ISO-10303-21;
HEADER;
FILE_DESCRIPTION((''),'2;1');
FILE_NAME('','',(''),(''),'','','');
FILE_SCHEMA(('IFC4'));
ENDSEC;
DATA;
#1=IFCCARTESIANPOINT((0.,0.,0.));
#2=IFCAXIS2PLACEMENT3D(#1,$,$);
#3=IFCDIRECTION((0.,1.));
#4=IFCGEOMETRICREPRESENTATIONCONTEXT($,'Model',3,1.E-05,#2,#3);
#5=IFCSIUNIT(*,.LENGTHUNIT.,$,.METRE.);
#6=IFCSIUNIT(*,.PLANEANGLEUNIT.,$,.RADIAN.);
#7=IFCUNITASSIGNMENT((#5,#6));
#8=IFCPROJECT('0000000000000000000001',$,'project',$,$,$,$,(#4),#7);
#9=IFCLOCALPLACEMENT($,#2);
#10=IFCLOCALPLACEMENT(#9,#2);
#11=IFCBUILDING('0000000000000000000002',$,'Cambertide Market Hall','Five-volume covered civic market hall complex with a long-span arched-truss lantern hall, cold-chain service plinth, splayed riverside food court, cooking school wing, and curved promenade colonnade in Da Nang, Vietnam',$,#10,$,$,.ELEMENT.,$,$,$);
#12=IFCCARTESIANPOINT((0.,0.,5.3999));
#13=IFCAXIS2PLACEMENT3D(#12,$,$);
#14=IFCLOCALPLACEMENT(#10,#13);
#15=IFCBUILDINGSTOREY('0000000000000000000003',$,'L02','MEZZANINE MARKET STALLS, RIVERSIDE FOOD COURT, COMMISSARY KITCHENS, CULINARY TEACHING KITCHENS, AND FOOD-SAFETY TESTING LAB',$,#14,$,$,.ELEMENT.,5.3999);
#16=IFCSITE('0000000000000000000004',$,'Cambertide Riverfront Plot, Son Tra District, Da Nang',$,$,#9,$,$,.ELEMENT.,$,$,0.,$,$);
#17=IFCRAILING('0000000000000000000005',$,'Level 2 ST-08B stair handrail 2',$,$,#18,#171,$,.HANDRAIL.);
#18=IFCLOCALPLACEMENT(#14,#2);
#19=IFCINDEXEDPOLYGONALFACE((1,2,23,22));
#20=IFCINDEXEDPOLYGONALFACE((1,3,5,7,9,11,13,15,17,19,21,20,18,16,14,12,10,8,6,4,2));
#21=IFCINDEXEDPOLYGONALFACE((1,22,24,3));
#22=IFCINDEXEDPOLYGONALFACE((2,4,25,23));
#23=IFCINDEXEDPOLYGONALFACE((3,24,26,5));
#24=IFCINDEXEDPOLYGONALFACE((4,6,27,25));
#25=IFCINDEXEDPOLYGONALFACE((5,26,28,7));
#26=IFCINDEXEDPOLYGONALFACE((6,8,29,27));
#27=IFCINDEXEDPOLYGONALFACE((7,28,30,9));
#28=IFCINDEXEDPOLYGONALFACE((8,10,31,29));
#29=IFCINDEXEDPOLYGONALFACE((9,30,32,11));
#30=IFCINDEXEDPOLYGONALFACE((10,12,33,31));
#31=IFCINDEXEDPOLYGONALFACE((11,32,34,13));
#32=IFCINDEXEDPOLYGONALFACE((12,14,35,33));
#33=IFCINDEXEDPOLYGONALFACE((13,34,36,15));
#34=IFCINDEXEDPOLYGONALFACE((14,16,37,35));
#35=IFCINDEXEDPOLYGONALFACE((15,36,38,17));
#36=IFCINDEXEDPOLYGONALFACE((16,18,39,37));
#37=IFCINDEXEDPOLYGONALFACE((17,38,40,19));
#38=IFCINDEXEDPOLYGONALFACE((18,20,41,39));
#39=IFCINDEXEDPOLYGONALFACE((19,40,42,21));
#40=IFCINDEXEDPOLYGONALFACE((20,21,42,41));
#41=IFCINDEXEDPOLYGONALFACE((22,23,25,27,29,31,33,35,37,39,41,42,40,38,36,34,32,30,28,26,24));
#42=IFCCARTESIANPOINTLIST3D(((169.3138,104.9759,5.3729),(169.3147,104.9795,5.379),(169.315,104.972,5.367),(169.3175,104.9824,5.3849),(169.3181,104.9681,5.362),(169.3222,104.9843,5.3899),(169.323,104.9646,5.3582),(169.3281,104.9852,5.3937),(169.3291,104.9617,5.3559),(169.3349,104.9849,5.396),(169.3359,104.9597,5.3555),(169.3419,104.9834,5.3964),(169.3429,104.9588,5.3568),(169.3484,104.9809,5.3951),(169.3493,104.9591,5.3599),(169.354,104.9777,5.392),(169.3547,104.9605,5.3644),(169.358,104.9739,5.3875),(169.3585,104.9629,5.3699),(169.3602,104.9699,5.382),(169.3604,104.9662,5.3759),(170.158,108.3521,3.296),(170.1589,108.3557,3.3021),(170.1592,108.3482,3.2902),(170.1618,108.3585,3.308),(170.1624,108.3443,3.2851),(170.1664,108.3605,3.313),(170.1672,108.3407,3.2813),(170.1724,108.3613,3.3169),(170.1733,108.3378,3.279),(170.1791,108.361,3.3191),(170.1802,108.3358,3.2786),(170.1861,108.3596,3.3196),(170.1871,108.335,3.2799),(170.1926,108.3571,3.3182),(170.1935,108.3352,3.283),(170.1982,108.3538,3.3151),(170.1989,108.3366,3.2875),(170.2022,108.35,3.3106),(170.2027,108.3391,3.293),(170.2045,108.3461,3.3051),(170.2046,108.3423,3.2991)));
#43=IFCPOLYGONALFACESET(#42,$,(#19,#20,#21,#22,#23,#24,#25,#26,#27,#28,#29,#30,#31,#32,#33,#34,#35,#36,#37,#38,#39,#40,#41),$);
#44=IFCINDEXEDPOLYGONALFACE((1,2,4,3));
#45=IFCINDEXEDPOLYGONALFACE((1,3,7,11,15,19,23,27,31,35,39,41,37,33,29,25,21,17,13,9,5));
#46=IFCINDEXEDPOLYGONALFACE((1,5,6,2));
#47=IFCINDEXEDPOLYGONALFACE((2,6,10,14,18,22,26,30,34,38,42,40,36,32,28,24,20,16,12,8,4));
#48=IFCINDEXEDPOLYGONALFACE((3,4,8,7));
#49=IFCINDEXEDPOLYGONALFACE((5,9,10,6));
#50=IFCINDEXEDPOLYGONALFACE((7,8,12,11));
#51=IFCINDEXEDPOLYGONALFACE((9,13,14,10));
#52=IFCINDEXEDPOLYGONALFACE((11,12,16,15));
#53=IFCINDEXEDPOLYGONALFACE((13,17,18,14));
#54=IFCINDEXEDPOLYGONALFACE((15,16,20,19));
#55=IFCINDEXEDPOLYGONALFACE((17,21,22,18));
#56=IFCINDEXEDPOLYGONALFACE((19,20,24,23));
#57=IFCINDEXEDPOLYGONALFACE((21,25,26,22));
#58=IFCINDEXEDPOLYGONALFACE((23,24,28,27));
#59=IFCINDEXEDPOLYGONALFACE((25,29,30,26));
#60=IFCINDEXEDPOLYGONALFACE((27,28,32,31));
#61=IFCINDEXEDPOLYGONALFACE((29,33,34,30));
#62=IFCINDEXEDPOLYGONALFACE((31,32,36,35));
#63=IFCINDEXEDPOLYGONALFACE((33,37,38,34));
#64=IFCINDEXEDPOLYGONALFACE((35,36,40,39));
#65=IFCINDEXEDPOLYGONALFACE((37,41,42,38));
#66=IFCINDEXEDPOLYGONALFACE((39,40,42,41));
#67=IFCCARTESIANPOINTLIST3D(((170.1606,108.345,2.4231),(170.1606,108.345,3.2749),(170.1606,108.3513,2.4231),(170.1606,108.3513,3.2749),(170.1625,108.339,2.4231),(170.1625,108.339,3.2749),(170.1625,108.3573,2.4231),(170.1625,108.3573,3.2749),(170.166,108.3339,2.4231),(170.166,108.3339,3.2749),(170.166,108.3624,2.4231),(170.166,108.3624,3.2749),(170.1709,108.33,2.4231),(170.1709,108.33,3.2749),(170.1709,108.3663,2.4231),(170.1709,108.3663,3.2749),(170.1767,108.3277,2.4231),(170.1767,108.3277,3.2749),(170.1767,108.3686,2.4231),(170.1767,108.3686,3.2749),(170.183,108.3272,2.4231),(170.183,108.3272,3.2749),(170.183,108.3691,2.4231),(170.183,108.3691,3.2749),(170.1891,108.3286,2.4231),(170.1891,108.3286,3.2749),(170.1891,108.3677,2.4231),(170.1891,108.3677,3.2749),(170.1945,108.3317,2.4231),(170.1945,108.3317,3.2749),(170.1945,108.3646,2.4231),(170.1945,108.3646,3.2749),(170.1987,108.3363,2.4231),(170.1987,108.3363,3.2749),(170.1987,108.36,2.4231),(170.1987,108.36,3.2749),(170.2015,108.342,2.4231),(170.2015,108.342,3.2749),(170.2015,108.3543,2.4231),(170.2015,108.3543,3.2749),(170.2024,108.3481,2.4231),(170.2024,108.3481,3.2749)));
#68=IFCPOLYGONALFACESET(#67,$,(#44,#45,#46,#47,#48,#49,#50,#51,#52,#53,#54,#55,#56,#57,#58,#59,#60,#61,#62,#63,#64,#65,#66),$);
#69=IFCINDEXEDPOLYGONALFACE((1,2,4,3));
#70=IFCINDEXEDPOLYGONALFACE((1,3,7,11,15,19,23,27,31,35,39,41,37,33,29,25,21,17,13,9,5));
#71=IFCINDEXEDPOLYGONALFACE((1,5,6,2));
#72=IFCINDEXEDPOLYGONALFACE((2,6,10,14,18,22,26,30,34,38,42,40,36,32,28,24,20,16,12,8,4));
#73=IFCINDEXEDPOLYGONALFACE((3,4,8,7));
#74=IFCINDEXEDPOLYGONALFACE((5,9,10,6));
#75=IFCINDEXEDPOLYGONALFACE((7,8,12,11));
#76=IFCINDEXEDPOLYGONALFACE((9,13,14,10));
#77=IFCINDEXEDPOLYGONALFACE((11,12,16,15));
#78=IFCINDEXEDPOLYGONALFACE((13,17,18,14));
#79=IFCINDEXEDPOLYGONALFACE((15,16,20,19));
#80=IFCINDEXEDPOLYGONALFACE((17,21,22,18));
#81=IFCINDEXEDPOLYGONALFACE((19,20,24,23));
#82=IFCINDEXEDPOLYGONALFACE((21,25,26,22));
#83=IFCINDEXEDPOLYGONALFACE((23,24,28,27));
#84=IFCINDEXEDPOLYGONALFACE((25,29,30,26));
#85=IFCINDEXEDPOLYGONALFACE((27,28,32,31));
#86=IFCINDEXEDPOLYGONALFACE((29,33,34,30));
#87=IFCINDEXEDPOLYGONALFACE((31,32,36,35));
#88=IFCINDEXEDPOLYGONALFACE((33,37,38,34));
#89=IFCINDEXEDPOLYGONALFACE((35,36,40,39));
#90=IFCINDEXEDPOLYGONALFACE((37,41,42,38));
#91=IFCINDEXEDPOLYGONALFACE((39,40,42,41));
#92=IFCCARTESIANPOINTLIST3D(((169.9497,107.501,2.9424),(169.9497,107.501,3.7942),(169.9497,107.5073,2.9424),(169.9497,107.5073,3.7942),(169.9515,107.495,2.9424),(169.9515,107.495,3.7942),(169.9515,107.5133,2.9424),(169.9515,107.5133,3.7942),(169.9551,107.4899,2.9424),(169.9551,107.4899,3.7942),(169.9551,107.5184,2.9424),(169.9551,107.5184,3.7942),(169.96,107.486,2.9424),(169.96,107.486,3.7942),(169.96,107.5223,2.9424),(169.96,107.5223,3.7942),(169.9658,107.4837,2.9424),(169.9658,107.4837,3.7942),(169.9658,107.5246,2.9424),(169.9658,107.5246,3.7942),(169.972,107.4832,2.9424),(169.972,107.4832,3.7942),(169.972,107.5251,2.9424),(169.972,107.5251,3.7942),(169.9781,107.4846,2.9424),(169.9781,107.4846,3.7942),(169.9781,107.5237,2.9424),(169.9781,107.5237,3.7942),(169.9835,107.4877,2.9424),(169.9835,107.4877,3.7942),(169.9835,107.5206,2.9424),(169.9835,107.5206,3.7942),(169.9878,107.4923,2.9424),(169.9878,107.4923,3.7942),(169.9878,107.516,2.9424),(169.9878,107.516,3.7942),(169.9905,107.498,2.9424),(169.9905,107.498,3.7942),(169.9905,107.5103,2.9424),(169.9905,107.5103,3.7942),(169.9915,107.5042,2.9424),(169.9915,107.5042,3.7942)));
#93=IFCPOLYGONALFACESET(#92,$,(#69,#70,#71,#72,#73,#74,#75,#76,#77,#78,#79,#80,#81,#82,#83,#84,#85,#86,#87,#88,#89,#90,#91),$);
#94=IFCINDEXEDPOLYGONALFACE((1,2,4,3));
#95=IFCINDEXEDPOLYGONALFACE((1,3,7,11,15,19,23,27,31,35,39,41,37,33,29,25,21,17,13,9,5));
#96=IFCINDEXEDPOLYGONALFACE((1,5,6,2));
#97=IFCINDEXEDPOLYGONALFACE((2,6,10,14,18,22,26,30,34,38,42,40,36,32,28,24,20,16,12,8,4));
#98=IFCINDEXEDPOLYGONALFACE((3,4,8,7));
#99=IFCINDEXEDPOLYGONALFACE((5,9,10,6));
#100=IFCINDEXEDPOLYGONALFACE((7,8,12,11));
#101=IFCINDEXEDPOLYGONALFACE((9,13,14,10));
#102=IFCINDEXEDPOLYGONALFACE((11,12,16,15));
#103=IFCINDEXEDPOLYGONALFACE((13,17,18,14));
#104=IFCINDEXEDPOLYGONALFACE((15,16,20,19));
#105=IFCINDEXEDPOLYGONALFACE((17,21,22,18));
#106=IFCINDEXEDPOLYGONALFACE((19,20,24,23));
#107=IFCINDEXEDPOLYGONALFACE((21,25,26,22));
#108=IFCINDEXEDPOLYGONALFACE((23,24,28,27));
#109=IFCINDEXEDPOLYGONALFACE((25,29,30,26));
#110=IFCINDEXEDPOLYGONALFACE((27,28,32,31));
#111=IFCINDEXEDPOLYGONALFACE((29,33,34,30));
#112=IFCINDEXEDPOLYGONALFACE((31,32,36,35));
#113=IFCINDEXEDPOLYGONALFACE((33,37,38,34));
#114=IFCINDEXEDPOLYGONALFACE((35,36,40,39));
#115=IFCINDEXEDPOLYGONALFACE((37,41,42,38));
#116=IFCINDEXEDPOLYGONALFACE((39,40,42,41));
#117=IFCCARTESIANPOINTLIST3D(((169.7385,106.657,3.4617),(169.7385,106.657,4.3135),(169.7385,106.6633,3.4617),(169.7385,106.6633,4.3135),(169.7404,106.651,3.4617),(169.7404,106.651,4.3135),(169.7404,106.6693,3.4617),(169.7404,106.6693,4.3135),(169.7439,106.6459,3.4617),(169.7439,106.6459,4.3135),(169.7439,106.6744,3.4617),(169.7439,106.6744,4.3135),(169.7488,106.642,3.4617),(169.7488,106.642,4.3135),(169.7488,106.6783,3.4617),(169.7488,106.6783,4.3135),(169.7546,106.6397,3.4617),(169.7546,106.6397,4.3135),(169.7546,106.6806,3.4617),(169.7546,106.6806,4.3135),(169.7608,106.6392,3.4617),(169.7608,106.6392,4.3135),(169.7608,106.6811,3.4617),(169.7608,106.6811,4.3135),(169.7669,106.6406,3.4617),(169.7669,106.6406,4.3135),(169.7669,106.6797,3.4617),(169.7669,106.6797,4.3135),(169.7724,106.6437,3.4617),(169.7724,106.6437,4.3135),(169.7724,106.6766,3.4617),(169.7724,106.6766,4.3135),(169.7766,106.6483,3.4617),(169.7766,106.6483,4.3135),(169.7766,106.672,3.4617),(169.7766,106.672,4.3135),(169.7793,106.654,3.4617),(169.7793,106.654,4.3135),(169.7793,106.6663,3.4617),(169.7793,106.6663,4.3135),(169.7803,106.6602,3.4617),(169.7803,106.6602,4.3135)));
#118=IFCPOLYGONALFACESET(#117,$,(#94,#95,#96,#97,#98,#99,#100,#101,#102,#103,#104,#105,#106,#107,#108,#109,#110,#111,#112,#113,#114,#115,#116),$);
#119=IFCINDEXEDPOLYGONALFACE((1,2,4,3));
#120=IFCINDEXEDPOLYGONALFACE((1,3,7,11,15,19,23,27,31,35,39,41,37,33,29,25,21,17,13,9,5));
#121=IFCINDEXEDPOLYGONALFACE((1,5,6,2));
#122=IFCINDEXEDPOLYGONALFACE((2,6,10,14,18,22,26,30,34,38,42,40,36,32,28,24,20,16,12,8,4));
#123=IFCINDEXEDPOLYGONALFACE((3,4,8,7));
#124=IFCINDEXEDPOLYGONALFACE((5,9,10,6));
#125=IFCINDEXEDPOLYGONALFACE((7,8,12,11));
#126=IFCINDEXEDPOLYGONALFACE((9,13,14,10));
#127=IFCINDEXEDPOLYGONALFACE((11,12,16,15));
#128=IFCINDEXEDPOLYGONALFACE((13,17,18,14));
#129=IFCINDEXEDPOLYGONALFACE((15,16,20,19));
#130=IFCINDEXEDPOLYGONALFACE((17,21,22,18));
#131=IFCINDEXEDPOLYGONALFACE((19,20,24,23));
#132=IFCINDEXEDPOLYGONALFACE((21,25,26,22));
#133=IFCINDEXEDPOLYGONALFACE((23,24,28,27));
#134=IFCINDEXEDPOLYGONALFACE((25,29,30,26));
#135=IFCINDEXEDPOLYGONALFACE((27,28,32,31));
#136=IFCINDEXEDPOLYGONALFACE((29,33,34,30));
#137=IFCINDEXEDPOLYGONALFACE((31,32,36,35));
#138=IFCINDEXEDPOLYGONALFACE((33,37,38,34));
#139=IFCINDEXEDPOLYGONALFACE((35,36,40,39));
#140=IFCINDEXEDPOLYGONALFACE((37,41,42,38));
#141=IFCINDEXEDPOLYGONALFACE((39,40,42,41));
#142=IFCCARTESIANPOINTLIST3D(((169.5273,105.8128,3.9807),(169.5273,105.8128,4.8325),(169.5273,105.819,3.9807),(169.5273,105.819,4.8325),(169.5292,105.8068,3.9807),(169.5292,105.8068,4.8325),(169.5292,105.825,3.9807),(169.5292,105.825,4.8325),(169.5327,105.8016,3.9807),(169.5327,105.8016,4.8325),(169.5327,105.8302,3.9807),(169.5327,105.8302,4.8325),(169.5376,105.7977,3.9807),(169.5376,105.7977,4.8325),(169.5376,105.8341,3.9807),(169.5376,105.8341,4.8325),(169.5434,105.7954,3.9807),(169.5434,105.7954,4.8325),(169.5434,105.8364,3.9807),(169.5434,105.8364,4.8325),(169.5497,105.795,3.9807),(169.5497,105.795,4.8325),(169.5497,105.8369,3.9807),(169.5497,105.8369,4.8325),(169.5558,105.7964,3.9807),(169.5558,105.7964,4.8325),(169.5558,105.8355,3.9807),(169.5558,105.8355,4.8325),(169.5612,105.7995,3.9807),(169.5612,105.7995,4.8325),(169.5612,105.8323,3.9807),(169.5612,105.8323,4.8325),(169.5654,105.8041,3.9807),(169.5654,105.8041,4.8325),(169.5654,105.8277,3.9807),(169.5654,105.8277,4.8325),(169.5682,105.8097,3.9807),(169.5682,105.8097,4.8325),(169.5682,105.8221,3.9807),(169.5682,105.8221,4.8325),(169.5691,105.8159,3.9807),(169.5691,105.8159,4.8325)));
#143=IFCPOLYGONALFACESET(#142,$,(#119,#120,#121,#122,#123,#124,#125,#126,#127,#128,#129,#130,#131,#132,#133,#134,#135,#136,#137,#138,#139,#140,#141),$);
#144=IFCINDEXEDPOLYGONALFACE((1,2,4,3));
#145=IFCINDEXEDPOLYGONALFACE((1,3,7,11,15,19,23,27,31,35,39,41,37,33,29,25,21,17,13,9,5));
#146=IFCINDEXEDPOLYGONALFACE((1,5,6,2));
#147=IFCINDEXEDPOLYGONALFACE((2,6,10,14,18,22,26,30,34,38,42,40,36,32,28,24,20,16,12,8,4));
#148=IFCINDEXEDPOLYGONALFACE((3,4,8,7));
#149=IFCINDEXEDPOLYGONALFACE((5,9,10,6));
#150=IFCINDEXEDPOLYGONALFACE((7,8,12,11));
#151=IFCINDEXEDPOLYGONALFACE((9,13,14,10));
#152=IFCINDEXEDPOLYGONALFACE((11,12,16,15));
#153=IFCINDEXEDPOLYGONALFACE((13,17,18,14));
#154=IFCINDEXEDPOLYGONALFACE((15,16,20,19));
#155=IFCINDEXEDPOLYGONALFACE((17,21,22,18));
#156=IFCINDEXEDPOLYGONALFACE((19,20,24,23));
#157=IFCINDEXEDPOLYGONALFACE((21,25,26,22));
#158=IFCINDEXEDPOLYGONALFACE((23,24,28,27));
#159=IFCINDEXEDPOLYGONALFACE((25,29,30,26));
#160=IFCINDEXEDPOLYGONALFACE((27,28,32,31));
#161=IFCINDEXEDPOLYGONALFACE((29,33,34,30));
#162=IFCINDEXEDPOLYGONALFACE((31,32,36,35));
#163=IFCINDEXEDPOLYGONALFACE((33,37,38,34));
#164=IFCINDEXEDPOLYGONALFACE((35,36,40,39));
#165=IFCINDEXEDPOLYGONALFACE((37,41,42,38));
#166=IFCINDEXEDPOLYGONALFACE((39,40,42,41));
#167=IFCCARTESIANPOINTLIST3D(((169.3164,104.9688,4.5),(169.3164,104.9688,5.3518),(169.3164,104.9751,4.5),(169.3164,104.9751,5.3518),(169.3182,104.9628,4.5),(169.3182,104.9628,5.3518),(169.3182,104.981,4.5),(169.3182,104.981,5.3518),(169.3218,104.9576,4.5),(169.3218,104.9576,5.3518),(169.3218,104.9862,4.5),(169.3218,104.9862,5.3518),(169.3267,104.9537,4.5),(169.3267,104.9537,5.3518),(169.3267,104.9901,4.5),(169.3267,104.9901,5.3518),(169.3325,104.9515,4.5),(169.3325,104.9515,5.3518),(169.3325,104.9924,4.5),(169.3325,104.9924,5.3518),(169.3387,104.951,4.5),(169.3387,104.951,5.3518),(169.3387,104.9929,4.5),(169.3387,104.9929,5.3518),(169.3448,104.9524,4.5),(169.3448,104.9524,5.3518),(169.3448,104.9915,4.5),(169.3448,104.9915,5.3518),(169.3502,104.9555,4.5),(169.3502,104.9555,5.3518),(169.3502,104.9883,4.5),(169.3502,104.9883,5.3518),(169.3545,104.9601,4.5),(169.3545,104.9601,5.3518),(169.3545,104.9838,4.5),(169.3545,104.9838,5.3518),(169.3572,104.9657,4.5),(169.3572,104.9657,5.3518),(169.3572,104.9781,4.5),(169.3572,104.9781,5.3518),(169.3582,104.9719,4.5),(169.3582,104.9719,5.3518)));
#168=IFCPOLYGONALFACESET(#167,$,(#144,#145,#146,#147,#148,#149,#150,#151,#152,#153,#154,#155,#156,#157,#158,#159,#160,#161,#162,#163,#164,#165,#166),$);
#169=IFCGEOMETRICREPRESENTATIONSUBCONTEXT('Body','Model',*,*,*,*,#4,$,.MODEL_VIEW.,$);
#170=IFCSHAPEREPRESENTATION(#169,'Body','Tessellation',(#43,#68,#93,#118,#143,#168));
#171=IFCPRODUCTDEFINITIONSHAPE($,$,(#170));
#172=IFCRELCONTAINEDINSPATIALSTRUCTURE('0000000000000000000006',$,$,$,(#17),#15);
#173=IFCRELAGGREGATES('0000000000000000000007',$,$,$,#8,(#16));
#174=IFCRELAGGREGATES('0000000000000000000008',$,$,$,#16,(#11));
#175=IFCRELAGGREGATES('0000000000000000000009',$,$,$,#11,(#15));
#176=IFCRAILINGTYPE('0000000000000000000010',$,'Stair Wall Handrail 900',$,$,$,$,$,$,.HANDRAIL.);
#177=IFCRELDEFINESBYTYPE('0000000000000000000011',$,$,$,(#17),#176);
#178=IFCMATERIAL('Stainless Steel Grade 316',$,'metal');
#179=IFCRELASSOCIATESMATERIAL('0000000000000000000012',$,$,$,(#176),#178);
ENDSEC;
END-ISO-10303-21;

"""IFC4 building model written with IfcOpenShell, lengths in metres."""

from ifc_helpers import new_model, si_unit, direction, frame, origin, origin_2d, place, context, subcontext, project, spatial, circle, extrude, material, type_object, element, save


model = new_model("IFC4")

# Units and contexts
model_context = context("Model", 3, precision=1e-05, world=origin(), true_north=direction((0.0, 1.0)))
body_context = subcontext(model_context, "Body", "Model", "MODEL_VIEW")
ifc_project = project(units=[si_unit("LENGTHUNIT", "METRE"), si_unit("PLANEANGLEUNIT", "RADIAN")], contexts=[model_context])

# Site, building, storey
site_placement = place(None, origin())
site = spatial("IfcSite", under=ifc_project, at=site_placement, Name="Cambertide Riverfront Plot, Son Tra District, Da Nang", CompositionType="ELEMENT", RefElevation=0.0)
building_placement = place(site_placement, origin())
building = spatial("IfcBuilding", under=site, at=building_placement, Name="Cambertide Market Hall", Description="Five-volume covered civic market hall complex with a long-span arched-truss lantern hall, cold-chain service plinth, splayed riverside food court, cooking school wing, and curved promenade colonnade in Da Nang, Vietnam", CompositionType="ELEMENT")
storey_placement = place(building_placement, frame((0.0, 0.0, 5.3999)))
storey = spatial("IfcBuildingStorey", under=building, at=storey_placement, Name="L02", Description="MEZZANINE MARKET STALLS, RIVERSIDE FOOD COURT, COMMISSARY KITCHENS, CULINARY TEACHING KITCHENS, AND FOOD-SAFETY TESTING LAB", CompositionType="ELEMENT", Elevation=5.3999)

# Railing
ifc_material_1 = material(Name="Stainless Steel Grade 316", Category="metal")
railing_type_1 = type_object("IfcRailingType", Name="Stair Wall Handrail 900", PredefinedType="HANDRAIL", material=ifc_material_1)
railing_1_placement = place(storey_placement, frame((170.1814, 108.3481, 2.4231)))
element("IfcRailing", 1, at=railing_1_placement, inside=storey, type_object=railing_type_1, Name="Level 2 ST-08B stair handrail 2", PredefinedType="HANDRAIL", context=body_context, shape_type="SweptSolid", body=[
    extrude(circle(Radius=0.0239, at=origin_2d()), frame((0.0, 0.0, 0.876), z_axis=(-0.20831, -0.83306, 0.512462), x_axis=(0.97013, -0.242585, 0.0)), (0.0, 0.0, 1.0), 4.0527),
    extrude(circle(Radius=0.021, at=origin_2d()), origin(), (0.0, 0.0, 1.0), 0.8518),
    extrude(circle(Radius=0.021, at=origin_2d()), frame((-0.2109, -0.844, 0.5193)), (0.0, 0.0, 1.0), 0.8518),
    extrude(circle(Radius=0.021, at=origin_2d()), frame((-0.4221, -1.688, 1.0386)), (0.0, 0.0, 1.0), 0.8518),
    extrude(circle(Radius=0.021, at=origin_2d()), frame((-0.6333, -2.5322, 1.5576)), (0.0, 0.0, 1.0), 0.8518),
    extrude(circle(Radius=0.021, at=origin_2d()), frame((-0.8442, -3.3762, 2.0769)), (0.0, 0.0, 1.0), 0.8518),
])

save(model, "model.ifc")
